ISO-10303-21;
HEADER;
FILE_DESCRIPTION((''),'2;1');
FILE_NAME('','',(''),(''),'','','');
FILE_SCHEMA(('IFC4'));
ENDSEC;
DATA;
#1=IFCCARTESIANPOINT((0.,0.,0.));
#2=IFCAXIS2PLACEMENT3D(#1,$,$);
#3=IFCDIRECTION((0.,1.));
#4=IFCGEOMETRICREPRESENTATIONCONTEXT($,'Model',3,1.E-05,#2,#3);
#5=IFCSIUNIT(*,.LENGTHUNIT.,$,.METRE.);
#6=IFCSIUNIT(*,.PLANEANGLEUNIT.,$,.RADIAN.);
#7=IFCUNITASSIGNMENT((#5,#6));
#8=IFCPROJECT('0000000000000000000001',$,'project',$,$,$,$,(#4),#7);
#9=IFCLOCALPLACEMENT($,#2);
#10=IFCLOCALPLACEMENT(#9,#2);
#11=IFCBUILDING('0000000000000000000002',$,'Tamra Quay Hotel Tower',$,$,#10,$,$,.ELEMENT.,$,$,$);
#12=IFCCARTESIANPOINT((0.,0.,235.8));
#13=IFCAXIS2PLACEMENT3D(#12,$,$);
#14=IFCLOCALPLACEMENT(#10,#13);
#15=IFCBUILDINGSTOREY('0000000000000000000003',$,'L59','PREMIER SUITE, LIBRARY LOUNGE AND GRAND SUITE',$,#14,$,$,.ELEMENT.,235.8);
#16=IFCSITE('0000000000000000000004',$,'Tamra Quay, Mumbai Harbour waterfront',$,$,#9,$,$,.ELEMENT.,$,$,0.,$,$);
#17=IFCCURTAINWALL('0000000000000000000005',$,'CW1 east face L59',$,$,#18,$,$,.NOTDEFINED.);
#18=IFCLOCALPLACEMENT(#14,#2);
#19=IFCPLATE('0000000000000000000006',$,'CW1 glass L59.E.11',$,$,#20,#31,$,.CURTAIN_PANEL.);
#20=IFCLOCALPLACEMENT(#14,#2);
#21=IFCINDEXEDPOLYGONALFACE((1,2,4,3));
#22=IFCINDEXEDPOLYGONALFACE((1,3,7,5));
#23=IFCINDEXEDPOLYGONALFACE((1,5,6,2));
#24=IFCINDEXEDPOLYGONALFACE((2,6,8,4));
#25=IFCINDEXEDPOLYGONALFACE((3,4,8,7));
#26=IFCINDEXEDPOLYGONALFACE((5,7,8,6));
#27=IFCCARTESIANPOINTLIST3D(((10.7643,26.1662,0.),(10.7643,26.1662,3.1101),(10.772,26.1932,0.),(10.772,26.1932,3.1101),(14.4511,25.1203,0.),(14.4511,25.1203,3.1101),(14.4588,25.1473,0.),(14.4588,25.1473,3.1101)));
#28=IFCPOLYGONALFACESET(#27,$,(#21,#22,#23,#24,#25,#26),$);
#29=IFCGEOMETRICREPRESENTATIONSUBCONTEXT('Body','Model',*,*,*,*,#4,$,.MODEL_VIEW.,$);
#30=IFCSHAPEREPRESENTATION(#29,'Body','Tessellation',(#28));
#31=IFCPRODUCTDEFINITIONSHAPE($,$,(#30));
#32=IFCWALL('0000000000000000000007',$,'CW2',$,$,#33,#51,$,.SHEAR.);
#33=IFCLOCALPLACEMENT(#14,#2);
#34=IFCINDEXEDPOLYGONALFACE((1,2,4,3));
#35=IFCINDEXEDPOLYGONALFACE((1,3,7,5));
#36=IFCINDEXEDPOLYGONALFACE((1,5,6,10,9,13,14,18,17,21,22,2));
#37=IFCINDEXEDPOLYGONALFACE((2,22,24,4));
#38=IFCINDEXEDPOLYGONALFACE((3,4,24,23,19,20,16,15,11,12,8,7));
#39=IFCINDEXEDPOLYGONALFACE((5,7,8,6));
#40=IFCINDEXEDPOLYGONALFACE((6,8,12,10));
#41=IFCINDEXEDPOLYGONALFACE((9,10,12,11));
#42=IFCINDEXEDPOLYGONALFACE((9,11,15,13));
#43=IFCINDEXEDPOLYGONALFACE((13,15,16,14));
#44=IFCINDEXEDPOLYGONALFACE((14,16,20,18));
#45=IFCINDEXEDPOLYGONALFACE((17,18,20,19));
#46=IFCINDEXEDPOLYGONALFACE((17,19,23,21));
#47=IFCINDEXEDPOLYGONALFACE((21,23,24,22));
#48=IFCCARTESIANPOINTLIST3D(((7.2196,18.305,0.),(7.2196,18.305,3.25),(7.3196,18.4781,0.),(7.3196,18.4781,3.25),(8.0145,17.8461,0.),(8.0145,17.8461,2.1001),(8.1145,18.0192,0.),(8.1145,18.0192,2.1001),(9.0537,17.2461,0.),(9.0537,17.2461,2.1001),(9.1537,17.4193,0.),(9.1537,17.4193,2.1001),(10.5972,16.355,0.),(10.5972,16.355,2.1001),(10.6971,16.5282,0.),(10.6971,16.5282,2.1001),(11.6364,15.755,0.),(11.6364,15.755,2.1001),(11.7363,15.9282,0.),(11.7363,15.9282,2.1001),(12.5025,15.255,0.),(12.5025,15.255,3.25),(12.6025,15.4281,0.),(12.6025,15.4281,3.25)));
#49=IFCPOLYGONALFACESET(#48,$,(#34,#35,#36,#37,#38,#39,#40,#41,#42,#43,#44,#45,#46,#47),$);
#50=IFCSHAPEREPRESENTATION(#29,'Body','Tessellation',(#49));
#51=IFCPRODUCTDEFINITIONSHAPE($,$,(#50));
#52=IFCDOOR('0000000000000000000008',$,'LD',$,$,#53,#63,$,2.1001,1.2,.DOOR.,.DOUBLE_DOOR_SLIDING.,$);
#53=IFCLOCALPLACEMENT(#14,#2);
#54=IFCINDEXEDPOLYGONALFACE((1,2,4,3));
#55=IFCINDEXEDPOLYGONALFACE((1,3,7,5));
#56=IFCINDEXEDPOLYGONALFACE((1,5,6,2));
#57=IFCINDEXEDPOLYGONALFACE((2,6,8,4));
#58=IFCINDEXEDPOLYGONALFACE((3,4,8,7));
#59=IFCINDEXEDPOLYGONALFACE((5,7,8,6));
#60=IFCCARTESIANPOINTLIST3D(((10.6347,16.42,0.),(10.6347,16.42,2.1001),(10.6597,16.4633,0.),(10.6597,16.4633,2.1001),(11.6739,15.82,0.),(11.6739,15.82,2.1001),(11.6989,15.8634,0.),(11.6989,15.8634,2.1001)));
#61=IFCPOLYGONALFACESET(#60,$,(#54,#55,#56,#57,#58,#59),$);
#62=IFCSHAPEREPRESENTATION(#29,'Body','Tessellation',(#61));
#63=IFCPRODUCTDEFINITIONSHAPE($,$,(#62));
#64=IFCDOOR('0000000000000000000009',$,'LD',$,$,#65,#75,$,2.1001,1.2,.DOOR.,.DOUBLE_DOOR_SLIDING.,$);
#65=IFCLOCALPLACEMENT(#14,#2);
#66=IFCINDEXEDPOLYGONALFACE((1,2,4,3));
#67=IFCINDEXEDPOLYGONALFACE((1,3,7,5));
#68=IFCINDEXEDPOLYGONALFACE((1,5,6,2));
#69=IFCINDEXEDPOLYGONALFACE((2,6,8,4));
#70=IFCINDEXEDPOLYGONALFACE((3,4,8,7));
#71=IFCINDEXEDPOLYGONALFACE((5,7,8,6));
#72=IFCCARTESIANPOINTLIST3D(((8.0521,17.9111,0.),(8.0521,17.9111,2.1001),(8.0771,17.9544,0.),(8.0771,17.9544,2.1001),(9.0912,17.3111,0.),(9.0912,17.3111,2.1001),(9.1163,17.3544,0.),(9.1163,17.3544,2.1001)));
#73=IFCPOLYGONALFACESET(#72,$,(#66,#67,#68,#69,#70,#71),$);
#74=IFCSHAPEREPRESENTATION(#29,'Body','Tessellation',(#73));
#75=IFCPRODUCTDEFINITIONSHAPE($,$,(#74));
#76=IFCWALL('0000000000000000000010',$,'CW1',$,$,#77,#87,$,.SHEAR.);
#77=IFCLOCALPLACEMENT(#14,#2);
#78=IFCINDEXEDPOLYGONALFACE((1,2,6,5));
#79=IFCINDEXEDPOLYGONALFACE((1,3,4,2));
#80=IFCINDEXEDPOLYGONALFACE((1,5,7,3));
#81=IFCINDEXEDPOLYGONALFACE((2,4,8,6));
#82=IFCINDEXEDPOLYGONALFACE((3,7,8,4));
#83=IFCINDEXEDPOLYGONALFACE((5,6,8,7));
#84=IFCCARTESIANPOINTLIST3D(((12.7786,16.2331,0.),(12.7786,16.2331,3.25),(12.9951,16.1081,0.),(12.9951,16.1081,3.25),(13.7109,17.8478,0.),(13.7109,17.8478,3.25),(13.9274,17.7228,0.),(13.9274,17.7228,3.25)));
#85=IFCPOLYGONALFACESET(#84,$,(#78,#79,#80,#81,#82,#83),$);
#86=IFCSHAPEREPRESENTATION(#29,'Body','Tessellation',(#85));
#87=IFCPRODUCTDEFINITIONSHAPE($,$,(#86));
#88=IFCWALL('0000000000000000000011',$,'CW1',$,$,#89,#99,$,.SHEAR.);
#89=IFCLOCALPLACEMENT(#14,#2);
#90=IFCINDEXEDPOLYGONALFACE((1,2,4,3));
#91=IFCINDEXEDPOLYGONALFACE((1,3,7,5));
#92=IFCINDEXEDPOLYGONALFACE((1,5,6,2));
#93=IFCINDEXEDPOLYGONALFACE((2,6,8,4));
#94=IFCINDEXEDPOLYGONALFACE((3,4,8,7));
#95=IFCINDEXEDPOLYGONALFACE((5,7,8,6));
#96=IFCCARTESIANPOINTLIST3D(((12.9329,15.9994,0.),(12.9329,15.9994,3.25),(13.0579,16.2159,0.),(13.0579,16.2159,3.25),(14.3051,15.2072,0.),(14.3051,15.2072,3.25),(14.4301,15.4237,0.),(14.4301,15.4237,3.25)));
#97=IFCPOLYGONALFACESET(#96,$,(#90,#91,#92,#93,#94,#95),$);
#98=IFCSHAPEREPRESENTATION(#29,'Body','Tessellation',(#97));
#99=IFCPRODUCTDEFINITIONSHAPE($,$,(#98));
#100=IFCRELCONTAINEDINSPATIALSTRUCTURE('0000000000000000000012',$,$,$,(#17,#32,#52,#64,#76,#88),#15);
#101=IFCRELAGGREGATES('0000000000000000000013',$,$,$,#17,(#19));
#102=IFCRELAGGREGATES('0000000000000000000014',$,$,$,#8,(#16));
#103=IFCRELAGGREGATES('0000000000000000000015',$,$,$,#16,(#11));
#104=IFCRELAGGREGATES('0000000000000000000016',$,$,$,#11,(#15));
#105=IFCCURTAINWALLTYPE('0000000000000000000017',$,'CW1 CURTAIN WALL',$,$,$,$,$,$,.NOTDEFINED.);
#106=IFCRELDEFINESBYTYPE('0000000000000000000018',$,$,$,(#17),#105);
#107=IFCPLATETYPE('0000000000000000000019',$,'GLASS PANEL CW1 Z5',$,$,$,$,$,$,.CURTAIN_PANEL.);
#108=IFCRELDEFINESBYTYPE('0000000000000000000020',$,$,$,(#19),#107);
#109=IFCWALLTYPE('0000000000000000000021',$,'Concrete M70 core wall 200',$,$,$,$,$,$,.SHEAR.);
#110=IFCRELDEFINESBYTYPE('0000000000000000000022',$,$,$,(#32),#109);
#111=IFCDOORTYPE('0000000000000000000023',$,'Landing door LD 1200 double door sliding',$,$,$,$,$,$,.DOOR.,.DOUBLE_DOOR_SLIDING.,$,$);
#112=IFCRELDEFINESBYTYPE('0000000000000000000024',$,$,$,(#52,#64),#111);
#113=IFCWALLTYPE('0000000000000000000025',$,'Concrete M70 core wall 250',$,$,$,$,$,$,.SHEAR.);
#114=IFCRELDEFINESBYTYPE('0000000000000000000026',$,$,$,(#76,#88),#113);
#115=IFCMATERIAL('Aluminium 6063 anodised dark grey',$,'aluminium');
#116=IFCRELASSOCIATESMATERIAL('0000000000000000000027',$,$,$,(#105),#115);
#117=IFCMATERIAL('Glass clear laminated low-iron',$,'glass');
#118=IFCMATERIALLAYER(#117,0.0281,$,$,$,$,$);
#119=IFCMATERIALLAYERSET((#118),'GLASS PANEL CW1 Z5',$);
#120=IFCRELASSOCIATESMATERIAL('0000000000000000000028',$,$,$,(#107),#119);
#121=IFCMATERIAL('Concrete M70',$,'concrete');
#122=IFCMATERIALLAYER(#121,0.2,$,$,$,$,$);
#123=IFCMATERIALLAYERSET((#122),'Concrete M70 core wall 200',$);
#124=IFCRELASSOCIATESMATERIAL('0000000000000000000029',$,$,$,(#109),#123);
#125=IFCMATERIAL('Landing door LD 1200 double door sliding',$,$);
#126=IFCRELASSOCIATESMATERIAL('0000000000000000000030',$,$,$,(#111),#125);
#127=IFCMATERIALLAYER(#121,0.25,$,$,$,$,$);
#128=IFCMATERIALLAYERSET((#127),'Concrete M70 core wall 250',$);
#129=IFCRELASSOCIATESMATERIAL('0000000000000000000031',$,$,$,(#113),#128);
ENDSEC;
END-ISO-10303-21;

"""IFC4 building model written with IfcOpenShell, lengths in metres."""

from ifc_helpers import new_model, si_unit, direction, frame, frame_2d, origin, origin_2d, place, context, subcontext, project, spatial, rectangle, extrude, material, layer, layer_set, type_object, element, fill, aggregate, save


model = new_model("IFC4")

# Units and contexts
model_context = context("Model", 3, precision=1e-05, world=origin(), true_north=direction((0.0, 1.0)))
body_context = subcontext(model_context, "Body", "Model", "MODEL_VIEW")
ifc_project = project(units=[si_unit("LENGTHUNIT", "METRE"), si_unit("PLANEANGLEUNIT", "RADIAN")], contexts=[model_context])

# Site, building, storey
site_placement = place(None, origin())
site = spatial("IfcSite", under=ifc_project, at=site_placement, Name="Tamra Quay, Mumbai Harbour waterfront", CompositionType="ELEMENT", RefElevation=0.0)
building_placement = place(site_placement, origin())
building = spatial("IfcBuilding", under=site, at=building_placement, Name="Tamra Quay Hotel Tower", CompositionType="ELEMENT")
storey_placement = place(building_placement, frame((0.0, 0.0, 235.8)))
storey = spatial("IfcBuildingStorey", under=building, at=storey_placement, Name="L59", Description="PREMIER SUITE, LIBRARY LOUNGE AND GRAND SUITE", CompositionType="ELEMENT", Elevation=235.8)

# Shared definitions
ifc_material_1 = material(Name="Concrete M70", Category="concrete")

# Curtain wall
ifc_material_2 = material(Name="Aluminium 6063 anodised dark grey", Category="aluminium")
curtain_wall_type = type_object("IfcCurtainWallType", Name="CW1 CURTAIN WALL", PredefinedType="NOTDEFINED", material=ifc_material_2)
curtain_wall_placement = place(storey_placement, origin())
curtain_wall = element("IfcCurtainWall", 1, at=curtain_wall_placement, inside=storey, type_object=curtain_wall_type, Name="CW1 east face L59", PredefinedType="NOTDEFINED")

# Plate
ifc_material_3 = material(Name="Glass clear laminated low-iron", Category="glass")
ifc_layer_1 = layer(ifc_material_3, 0.0281)
ifc_layer_set_1 = layer_set([ifc_layer_1], Name="GLASS PANEL CW1 Z5")
plate_type = type_object("IfcPlateType", Name="GLASS PANEL CW1 Z5", PredefinedType="CURTAIN_PANEL", material=ifc_layer_set_1)
plate_1_placement = place(storey_placement, frame((12.6116, 25.6567, 0.0), z_axis=(0.0, 0.0, 1.0), x_axis=(-0.962041, 0.272906, 0.0)))
plate_1 = element("IfcPlate", 2, at=plate_1_placement, type_object=plate_type, Name="CW1 glass L59.E.11", PredefinedType="CURTAIN_PANEL", context=body_context, shape_type="SweptSolid", body=[
    extrude(rectangle(XDim=3.8323, YDim=0.0281, at=origin_2d()), origin(), (0.0, 0.0, 1.0), 3.1101),
])
aggregate(curtain_wall, [plate_1])

# Wall, openings, doors
ifc_layer_2 = layer(ifc_material_1, 0.2)
ifc_layer_set_2 = layer_set([ifc_layer_2], Name="Concrete M70 core wall 200")
wall_type_1 = type_object("IfcWallType", Name="Concrete M70 core wall 200", PredefinedType="SHEAR", material=ifc_layer_set_2)
wall_1_placement = place(storey_placement, frame((12.5525, 15.3416, 0.0), z_axis=(0.0, 0.0, 1.0), x_axis=(-0.86603, 0.499992, 0.0)))
wall_1 = element("IfcWall", 3, at=wall_1_placement, inside=storey, type_object=wall_type_1, Name="CW2", PredefinedType="SHEAR", context=body_context, shape_type="SweptSolid", body=[
    extrude(rectangle(XDim=6.1001, YDim=0.2, at=frame_2d((3.05, 0.0))), origin(), (0.0, 0.0, 1.0), 3.25),
])
opening_1_placement = place(wall_1_placement, frame((1.0, 0.0, 0.0)))
opening_1 = element("IfcOpeningElement", 4, at=opening_1_placement, cuts=wall_1, PredefinedType="OPENING", context=body_context, shape_type="SweptSolid", body=[
    extrude(rectangle(XDim=1.2, YDim=2.1001, at=frame_2d((0.6001, 1.05))), frame((0.0, 0.1099, 0.0), z_axis=(0.0, -1.0, 0.0), x_axis=(1.0, 0.0, 0.0)), (0.0, 0.0, 1.0), 0.22),
])
opening_2_placement = place(wall_1_placement, frame((3.9822, 0.0, 0.0)))
opening_2 = element("IfcOpeningElement", 5, at=opening_2_placement, cuts=wall_1, PredefinedType="OPENING", context=body_context, shape_type="SweptSolid", body=[
    extrude(rectangle(XDim=1.2, YDim=2.1001, at=frame_2d((0.6001, 1.05))), frame((0.0, 0.1099, 0.0), z_axis=(0.0, -1.0, 0.0), x_axis=(1.0, 0.0, 0.0)), (0.0, 0.0, 1.0), 0.22),
])
ifc_material_4 = material(Name="Landing door LD 1200 double door sliding")
door_type = type_object("IfcDoorType", Name="Landing door LD 1200 double door sliding", OperationType="DOUBLE_DOOR_SLIDING", PredefinedType="DOOR", material=ifc_material_4)
door_1_placement = place(opening_1_placement, origin())
door_1 = element("IfcDoor", 6, at=door_1_placement, inside=storey, type_object=door_type, Name="LD", OperationType="DOUBLE_DOOR_SLIDING", OverallHeight=2.1001, OverallWidth=1.2, PredefinedType="DOOR", context=body_context, shape_type="SweptSolid", body=[
    extrude(rectangle(XDim=1.2, YDim=2.1001, at=frame_2d((0.6001, 1.05))), frame((0.0, 0.0249, 0.0), z_axis=(0.0, -1.0, 0.0), x_axis=(1.0, 0.0, 0.0)), (0.0, 0.0, 1.0), 0.05),
])
fill(opening_1, door_1)
door_2_placement = place(opening_2_placement, origin())
door_2 = element("IfcDoor", 7, at=door_2_placement, inside=storey, type_object=door_type, Name="LD", OperationType="DOUBLE_DOOR_SLIDING", OverallHeight=2.1001, OverallWidth=1.2, PredefinedType="DOOR", context=body_context, shape_type="SweptSolid", body=[
    extrude(rectangle(XDim=1.2, YDim=2.1001, at=frame_2d((0.6001, 1.05))), frame((0.0, 0.0249, 0.0), z_axis=(0.0, -1.0, 0.0), x_axis=(1.0, 0.0, 0.0)), (0.0, 0.0, 1.0), 0.05),
])
fill(opening_2, door_2)

# Walls
ifc_layer_3 = layer(ifc_material_1, 0.25)
ifc_layer_set_3 = layer_set([ifc_layer_3], Name="Concrete M70 core wall 250")
wall_type_2 = type_object("IfcWallType", Name="Concrete M70 core wall 250", PredefinedType="SHEAR", material=ifc_layer_set_3)
wall_2_placement = place(storey_placement, frame((13.8191, 17.7852, 0.0), z_axis=(0.0, 0.0, 1.0), x_axis=(-0.50004, -0.866002, 0.0)))
element("IfcWall", 8, at=wall_2_placement, inside=storey, type_object=wall_type_2, Name="CW1", PredefinedType="SHEAR", context=body_context, shape_type="SweptSolid", body=[
    extrude(rectangle(XDim=1.8645, YDim=0.25, at=frame_2d((0.9321, 0.0))), origin(), (0.0, 0.0, 1.0), 3.25),
])
wall_3_placement = place(storey_placement, frame((12.9954, 16.1077, 0.0), z_axis=(0.0, 0.0, 1.0), x_axis=(0.866044, -0.499967, 0.0)))
element("IfcWall", 9, at=wall_3_placement, inside=storey, type_object=wall_type_2, Name="CW1", PredefinedType="SHEAR", context=body_context, shape_type="SweptSolid", body=[
    extrude(rectangle(XDim=1.5845, YDim=0.25, at=frame_2d((0.7922, 0.0))), origin(), (0.0, 0.0, 1.0), 3.25),
])

save(model, "model.ifc")
